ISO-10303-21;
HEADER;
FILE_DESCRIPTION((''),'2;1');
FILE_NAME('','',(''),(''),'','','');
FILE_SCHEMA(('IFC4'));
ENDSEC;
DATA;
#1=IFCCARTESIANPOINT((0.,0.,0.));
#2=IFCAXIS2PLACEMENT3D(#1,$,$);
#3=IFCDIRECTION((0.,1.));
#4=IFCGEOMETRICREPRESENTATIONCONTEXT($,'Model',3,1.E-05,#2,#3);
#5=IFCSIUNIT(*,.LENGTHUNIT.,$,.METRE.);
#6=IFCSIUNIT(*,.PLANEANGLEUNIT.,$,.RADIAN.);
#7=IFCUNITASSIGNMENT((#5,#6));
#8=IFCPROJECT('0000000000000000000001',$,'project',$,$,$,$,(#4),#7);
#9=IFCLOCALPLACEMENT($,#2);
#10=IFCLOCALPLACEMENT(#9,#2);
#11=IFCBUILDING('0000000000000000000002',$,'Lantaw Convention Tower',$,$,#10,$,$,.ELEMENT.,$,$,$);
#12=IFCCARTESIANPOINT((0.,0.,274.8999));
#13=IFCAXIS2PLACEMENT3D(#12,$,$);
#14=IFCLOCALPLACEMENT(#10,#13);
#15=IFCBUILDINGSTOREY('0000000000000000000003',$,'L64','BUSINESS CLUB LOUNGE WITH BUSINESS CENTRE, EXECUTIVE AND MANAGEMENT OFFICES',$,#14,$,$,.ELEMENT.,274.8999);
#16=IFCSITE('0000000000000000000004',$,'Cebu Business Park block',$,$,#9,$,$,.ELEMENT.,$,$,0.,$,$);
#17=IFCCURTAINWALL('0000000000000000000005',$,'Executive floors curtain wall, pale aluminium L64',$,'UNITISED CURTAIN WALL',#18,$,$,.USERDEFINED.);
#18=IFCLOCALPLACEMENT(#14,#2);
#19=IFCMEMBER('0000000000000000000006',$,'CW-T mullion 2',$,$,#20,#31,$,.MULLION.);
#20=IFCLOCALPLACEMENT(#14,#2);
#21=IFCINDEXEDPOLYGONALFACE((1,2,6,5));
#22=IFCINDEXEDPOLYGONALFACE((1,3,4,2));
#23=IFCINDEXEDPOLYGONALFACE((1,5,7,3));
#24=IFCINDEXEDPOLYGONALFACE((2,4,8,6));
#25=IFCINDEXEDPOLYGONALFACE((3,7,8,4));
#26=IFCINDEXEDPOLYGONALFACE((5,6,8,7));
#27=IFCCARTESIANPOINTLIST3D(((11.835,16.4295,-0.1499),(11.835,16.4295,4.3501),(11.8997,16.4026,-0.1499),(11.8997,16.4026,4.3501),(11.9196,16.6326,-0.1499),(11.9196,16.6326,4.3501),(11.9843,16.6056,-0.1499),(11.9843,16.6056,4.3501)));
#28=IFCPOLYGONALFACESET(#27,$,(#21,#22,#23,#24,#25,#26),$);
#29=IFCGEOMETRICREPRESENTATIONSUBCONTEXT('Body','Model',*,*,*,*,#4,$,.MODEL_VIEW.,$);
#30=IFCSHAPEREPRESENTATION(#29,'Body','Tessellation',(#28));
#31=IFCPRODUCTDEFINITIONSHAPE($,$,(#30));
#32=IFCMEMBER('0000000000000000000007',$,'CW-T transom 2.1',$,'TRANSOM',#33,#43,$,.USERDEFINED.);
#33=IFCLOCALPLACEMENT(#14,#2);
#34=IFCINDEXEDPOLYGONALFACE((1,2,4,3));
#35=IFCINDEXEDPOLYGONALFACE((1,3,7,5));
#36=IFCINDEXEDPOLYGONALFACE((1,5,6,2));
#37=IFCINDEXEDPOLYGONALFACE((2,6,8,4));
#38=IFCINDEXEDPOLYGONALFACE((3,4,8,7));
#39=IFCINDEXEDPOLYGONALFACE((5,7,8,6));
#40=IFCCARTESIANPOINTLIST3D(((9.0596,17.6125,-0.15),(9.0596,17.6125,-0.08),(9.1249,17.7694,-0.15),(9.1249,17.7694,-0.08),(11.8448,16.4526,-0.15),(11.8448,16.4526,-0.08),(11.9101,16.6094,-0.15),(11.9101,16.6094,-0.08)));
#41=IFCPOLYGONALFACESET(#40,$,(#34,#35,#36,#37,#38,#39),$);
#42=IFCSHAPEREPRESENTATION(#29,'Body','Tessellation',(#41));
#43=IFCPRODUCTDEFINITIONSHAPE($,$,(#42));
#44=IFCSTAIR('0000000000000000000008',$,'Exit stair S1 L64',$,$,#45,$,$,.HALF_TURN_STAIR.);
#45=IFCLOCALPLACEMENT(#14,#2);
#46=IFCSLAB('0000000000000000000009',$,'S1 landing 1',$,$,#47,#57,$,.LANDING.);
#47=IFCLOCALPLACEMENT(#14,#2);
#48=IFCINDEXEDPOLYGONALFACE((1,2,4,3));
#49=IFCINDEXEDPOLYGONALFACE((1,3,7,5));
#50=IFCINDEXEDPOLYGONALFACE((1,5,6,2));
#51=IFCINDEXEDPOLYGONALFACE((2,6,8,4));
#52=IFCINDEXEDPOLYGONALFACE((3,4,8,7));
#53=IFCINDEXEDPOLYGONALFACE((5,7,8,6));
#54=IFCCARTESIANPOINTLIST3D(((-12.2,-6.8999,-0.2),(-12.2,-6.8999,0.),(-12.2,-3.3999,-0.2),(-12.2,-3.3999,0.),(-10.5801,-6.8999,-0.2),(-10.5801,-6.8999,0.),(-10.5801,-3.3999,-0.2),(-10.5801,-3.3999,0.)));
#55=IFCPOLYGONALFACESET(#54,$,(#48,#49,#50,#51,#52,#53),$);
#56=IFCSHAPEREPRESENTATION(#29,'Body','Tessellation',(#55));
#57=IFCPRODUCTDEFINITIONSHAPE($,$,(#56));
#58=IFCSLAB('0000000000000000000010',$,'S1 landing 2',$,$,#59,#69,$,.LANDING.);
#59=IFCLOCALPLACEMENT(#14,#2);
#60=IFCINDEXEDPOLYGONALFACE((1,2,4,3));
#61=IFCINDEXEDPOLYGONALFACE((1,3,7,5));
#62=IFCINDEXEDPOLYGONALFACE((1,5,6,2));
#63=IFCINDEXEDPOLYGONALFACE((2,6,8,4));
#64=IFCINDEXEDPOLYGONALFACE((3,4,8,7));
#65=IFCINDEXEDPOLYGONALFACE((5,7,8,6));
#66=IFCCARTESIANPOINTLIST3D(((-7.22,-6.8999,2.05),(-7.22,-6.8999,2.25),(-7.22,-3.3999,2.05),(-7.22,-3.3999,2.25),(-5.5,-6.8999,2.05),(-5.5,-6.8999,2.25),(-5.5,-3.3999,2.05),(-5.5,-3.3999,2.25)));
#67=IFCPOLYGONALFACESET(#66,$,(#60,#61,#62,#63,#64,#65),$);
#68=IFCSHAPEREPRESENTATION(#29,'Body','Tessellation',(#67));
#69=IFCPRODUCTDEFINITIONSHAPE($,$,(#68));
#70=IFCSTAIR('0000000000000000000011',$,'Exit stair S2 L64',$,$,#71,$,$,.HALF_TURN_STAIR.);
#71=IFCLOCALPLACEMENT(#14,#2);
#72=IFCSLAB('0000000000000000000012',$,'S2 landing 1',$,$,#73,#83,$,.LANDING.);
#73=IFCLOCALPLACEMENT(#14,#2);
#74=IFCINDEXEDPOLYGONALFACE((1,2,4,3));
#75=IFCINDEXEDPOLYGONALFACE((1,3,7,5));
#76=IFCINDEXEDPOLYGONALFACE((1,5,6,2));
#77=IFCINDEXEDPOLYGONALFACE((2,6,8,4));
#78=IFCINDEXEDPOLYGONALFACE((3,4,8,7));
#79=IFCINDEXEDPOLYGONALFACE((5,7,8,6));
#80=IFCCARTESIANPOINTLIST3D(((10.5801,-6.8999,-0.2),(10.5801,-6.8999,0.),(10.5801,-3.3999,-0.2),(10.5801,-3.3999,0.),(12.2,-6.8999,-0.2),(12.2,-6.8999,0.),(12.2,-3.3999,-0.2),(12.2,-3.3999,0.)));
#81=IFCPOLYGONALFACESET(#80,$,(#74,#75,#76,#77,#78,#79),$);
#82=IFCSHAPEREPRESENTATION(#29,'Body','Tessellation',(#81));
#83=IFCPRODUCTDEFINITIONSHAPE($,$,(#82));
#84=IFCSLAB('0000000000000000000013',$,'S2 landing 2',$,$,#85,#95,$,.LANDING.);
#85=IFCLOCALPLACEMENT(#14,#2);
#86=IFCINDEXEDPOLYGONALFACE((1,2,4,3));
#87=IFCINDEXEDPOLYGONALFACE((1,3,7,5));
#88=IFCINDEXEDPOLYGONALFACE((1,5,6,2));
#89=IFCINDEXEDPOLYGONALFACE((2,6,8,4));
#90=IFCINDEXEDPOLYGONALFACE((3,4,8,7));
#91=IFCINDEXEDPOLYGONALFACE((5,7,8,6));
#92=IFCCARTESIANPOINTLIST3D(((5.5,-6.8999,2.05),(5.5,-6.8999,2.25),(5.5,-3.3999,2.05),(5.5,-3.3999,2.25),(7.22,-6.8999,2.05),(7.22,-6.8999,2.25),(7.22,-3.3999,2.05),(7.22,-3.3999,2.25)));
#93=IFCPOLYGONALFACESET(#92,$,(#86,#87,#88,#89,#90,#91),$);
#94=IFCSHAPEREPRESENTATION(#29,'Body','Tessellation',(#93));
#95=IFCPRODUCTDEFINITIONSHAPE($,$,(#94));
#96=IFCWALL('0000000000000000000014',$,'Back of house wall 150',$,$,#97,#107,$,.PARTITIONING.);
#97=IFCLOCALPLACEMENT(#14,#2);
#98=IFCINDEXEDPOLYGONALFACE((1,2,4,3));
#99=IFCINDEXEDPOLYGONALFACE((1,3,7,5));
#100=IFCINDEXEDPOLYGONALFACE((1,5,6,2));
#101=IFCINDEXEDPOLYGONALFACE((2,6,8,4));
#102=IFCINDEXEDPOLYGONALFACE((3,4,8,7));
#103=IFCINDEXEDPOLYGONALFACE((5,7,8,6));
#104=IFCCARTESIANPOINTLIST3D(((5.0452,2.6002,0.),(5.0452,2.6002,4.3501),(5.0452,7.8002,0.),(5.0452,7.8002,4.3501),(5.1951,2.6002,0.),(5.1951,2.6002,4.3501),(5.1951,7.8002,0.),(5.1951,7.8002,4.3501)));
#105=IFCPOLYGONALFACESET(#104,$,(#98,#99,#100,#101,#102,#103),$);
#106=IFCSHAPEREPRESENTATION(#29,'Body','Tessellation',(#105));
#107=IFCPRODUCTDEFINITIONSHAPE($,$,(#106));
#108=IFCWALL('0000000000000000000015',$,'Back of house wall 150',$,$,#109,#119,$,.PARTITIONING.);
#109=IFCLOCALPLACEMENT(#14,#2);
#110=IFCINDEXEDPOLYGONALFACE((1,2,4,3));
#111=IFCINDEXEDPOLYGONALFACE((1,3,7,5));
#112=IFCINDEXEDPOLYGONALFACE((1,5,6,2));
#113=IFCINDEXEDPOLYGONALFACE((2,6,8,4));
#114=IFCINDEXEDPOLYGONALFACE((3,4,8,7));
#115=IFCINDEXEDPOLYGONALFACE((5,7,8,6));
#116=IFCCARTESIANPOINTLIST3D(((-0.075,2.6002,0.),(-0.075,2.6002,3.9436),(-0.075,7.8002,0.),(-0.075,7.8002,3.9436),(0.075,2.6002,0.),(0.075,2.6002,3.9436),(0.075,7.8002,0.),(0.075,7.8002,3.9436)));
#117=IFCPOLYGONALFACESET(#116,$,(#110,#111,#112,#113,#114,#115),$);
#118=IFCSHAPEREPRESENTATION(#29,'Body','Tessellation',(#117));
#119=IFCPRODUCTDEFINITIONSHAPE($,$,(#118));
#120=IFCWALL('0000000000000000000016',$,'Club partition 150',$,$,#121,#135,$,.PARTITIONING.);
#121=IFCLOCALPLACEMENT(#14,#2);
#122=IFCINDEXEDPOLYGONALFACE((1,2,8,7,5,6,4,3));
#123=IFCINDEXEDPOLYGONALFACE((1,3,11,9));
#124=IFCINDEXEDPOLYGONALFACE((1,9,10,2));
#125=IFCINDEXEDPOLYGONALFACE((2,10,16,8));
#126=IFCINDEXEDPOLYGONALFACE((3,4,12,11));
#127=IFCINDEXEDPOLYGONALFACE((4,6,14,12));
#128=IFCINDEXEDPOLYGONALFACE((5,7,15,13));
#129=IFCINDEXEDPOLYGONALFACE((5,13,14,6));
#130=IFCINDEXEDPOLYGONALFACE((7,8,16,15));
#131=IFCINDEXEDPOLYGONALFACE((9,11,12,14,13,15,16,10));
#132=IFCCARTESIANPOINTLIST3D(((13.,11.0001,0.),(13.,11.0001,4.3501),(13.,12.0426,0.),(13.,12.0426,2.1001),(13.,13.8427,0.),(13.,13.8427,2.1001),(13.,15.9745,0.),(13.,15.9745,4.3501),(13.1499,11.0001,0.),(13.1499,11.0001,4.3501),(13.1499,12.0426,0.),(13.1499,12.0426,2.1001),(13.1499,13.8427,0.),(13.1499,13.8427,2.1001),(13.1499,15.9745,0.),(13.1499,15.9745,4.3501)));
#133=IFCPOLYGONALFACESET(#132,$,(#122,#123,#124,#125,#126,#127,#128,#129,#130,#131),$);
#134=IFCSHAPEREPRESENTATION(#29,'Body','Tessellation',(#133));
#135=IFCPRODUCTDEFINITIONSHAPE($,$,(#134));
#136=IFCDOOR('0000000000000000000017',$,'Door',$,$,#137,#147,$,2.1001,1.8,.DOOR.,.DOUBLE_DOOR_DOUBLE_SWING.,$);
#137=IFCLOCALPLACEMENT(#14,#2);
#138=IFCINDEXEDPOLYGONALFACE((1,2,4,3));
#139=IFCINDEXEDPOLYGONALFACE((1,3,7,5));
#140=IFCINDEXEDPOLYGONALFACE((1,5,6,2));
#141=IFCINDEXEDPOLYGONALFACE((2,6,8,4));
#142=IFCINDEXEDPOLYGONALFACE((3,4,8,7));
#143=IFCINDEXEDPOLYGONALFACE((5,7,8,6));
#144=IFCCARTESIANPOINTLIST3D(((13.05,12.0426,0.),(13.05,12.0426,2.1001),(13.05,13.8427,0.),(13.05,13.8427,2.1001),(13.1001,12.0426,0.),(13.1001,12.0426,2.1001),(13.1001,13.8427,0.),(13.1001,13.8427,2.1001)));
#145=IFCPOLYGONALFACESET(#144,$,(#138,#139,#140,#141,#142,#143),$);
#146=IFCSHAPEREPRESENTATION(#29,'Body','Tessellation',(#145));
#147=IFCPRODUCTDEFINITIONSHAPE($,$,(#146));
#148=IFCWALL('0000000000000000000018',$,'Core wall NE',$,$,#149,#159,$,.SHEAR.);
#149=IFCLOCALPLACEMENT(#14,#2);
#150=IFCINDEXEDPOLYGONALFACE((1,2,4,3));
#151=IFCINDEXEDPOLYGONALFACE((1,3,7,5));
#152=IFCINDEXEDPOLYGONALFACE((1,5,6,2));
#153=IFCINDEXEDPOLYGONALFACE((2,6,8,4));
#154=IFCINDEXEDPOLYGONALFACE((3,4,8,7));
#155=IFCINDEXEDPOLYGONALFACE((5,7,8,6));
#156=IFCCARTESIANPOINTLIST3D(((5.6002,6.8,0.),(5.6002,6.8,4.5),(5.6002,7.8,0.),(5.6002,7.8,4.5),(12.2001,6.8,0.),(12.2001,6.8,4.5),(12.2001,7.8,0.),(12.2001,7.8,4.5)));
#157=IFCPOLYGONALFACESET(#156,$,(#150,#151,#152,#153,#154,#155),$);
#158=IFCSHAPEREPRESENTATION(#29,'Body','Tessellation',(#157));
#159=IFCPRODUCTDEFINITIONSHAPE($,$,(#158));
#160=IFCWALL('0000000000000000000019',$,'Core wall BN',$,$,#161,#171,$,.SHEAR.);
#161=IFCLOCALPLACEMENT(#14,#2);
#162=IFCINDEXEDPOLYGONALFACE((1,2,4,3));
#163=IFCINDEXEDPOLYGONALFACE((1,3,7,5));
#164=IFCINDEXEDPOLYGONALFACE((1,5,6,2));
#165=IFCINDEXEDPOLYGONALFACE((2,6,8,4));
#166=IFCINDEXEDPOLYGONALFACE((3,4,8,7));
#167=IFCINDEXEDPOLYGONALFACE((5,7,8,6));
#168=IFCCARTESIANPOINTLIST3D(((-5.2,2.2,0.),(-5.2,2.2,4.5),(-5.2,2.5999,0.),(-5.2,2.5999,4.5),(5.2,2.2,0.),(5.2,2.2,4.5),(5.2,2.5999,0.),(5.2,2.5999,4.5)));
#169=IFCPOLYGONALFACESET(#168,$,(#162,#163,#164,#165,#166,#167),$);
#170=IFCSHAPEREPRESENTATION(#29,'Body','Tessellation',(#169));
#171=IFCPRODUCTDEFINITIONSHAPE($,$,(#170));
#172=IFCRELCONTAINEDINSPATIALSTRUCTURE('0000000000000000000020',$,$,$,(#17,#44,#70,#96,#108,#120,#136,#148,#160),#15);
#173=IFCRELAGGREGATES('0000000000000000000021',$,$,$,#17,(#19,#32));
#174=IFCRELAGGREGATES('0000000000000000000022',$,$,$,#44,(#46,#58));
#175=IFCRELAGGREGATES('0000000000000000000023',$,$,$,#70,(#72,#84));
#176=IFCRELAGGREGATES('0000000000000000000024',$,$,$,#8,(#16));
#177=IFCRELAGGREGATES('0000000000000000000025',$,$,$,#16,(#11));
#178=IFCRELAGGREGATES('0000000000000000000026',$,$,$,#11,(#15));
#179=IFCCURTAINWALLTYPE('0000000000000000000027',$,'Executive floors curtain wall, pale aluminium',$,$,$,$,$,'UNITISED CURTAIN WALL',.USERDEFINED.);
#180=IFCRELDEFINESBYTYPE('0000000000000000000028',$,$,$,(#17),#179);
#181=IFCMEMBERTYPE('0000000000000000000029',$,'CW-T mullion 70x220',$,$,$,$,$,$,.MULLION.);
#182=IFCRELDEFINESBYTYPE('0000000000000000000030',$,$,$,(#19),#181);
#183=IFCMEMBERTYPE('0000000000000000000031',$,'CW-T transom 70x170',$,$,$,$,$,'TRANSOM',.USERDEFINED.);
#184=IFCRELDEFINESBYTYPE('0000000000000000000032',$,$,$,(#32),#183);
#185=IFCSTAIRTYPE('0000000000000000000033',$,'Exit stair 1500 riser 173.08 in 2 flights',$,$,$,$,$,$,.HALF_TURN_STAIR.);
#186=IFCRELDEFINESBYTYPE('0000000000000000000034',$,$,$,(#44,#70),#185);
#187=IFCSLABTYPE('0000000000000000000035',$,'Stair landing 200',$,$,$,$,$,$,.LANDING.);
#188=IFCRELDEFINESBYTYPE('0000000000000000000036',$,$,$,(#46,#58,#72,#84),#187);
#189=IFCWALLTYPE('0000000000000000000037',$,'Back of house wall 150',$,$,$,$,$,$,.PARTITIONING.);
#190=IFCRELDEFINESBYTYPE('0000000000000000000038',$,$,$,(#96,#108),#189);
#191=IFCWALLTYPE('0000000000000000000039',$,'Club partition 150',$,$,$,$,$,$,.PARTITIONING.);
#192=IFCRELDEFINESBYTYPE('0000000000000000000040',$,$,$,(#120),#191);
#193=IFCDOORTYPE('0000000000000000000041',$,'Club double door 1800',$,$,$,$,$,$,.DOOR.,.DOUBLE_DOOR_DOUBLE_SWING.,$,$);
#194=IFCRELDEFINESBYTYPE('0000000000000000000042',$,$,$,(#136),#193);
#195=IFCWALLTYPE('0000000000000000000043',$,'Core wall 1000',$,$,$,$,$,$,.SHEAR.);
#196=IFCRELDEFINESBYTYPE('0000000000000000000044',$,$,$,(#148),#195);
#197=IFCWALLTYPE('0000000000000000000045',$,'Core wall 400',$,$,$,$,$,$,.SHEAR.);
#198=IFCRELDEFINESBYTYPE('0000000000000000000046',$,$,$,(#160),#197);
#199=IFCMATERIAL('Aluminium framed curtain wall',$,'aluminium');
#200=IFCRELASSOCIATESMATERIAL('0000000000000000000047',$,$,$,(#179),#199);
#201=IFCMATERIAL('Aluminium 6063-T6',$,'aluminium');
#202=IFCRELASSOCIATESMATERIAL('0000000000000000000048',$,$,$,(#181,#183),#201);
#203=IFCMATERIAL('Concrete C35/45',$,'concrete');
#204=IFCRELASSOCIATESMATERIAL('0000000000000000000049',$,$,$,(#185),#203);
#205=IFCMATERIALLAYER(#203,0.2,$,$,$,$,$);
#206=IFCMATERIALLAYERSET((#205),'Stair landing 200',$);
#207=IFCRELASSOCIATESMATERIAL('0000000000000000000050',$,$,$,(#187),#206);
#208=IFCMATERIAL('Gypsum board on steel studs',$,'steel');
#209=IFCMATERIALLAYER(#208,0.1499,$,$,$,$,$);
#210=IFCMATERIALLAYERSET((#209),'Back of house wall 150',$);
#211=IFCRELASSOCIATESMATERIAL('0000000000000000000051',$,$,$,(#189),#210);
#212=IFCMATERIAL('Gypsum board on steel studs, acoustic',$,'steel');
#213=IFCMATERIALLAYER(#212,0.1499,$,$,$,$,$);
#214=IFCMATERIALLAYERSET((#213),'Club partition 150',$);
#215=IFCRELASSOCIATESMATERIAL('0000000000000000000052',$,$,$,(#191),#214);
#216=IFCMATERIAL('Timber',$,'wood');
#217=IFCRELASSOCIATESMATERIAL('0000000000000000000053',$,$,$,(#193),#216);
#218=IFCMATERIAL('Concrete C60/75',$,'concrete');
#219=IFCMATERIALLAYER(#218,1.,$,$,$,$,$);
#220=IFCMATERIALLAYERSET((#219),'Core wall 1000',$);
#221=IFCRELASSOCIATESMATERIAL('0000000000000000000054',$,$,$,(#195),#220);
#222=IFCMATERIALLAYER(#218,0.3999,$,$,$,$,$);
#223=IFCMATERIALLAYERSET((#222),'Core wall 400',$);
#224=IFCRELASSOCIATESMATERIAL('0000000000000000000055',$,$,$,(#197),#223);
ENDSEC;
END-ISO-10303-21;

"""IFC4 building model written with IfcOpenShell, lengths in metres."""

from ifc_helpers import new_model, si_unit, direction, frame, frame_2d, origin, origin_2d, place, context, subcontext, project, spatial, polyline, rectangle, outline, extrude, material, layer, layer_set, material_profile, profile_set, type_object, element, fill, aggregate, save


model = new_model("IFC4")

# Units and contexts
model_context = context("Model", 3, precision=1e-05, world=origin(), true_north=direction((0.0, 1.0)))
body_context = subcontext(model_context, "Body", "Model", "MODEL_VIEW")
ifc_project = project(units=[si_unit("LENGTHUNIT", "METRE"), si_unit("PLANEANGLEUNIT", "RADIAN")], contexts=[model_context])

# Site, building, storey
site_placement = place(None, origin())
site = spatial("IfcSite", under=ifc_project, at=site_placement, Name="Cebu Business Park block", CompositionType="ELEMENT", RefElevation=0.0)
building_placement = place(site_placement, origin())
building = spatial("IfcBuilding", under=site, at=building_placement, Name="Lantaw Convention Tower", CompositionType="ELEMENT")
storey_placement = place(building_placement, frame((0.0, 0.0, 274.8999)))
storey = spatial("IfcBuildingStorey", under=building, at=storey_placement, Name="L64", Description="BUSINESS CLUB LOUNGE WITH BUSINESS CENTRE, EXECUTIVE AND MANAGEMENT OFFICES", CompositionType="ELEMENT", Elevation=274.8999)

# Curtain wall, members
ifc_material_1 = material(Name="Aluminium framed curtain wall", Category="aluminium")
curtain_wall_type = type_object("IfcCurtainWallType", Name="Executive floors curtain wall, pale aluminium", ElementType="UNITISED CURTAIN WALL", PredefinedType="USERDEFINED", material=ifc_material_1)
curtain_wall_placement = place(storey_placement, origin())
curtain_wall = element("IfcCurtainWall", 1, at=curtain_wall_placement, inside=storey, type_object=curtain_wall_type, Name="Executive floors curtain wall, pale aluminium L64", ObjectType="UNITISED CURTAIN WALL", PredefinedType="USERDEFINED")
ifc_material_2 = material(Name="Aluminium 6063-T6", Category="aluminium")
ifc_material_profile_1 = material_profile(ifc_material_2, rectangle(XDim=0.22, YDim=0.0701, at=origin_2d()), Name="CW-T mullion 70x220")
ifc_profile_set_1 = profile_set([ifc_material_profile_1], Name="Aluminium 6063-T6")
member_type_1 = type_object("IfcMemberType", Name="CW-T mullion 70x220", PredefinedType="MULLION", material=ifc_profile_set_1)
member_1_placement = place(storey_placement, frame((11.9097, 16.5176, -0.1499), z_axis=(0.0, 0.0, 1.0), x_axis=(-0.38446, -0.923142, 0.0)))
member_1 = element("IfcMember", 2, at=member_1_placement, type_object=member_type_1, Name="CW-T mullion 2", PredefinedType="MULLION", context=body_context, shape_type="SweptSolid", body=[
    extrude(rectangle(XDim=0.22, YDim=0.0701, at=origin_2d()), origin(), (0.0, 0.0, 1.0), 4.5),
])
ifc_material_profile_2 = material_profile(ifc_material_2, rectangle(XDim=0.1699, YDim=0.0701, at=origin_2d()), Name="CW-T transom 70x170")
ifc_profile_set_2 = profile_set([ifc_material_profile_2], Name="Aluminium 6063-T6")
member_type_2 = type_object("IfcMemberType", Name="CW-T transom 70x170", ElementType="TRANSOM", PredefinedType="USERDEFINED", material=ifc_profile_set_2)
member_2_placement = place(storey_placement, frame((11.8774, 16.531, -0.115), z_axis=(-0.923144, 0.384454, 0.0), x_axis=(-0.384454, -0.923144, 0.0)))
member_2 = element("IfcMember", 3, at=member_2_placement, type_object=member_type_2, Name="CW-T transom 2.1", ObjectType="TRANSOM", PredefinedType="USERDEFINED", context=body_context, shape_type="SweptSolid", body=[
    extrude(rectangle(XDim=0.1699, YDim=0.0701, at=origin_2d()), origin(), (0.0, 0.0, 1.0), 3.0171),
])
aggregate(curtain_wall, [member_1, member_2])

# Stairs, slabs
ifc_material_3 = material(Name="Concrete C35/45", Category="concrete")
stair_type = type_object("IfcStairType", Name="Exit stair 1500 riser 173.08 in 2 flights", PredefinedType="HALF_TURN_STAIR", material=ifc_material_3)
stair_1_placement = place(storey_placement, origin())
stair_1 = element("IfcStair", 4, at=stair_1_placement, inside=storey, type_object=stair_type, Name="Exit stair S1 L64", PredefinedType="HALF_TURN_STAIR")
ifc_layer_1 = layer(ifc_material_3, 0.2)
ifc_layer_set_1 = layer_set([ifc_layer_1], Name="Stair landing 200")
slab_type = type_object("IfcSlabType", Name="Stair landing 200", PredefinedType="LANDING", material=ifc_layer_set_1)
slab_1_placement = place(storey_placement, frame((0.0, 0.0, -0.2)))
slab_1 = element("IfcSlab", 5, at=slab_1_placement, type_object=slab_type, Name="S1 landing 1", PredefinedType="LANDING", context=body_context, shape_type="SweptSolid", body=[
    extrude(outline(polyline([(-12.2, -6.8999), (-10.5801, -6.8999), (-10.5801, -3.3999), (-12.2, -3.3999), (-12.2, -6.8999)])), origin(), (0.0, 0.0, 1.0), 0.2),
])
slab_2_placement = place(storey_placement, frame((0.0, 0.0, 2.05)))
slab_2 = element("IfcSlab", 6, at=slab_2_placement, type_object=slab_type, Name="S1 landing 2", PredefinedType="LANDING", context=body_context, shape_type="SweptSolid", body=[
    extrude(outline(polyline([(-7.22, -6.8999), (-5.5, -6.8999), (-5.5, -3.3999), (-7.22, -3.3999), (-7.22, -6.8999)])), origin(), (0.0, 0.0, 1.0), 0.2),
])
aggregate(stair_1, [slab_1, slab_2])
stair_2_placement = place(storey_placement, origin())
stair_2 = element("IfcStair", 7, at=stair_2_placement, inside=storey, type_object=stair_type, Name="Exit stair S2 L64", PredefinedType="HALF_TURN_STAIR")
slab_3_placement = place(storey_placement, frame((0.0, 0.0, -0.2)))
slab_3 = element("IfcSlab", 8, at=slab_3_placement, type_object=slab_type, Name="S2 landing 1", PredefinedType="LANDING", context=body_context, shape_type="SweptSolid", body=[
    extrude(outline(polyline([(10.5801, -6.8999), (12.2, -6.8999), (12.2, -3.3999), (10.5801, -3.3999), (10.5801, -6.8999)])), origin(), (0.0, 0.0, 1.0), 0.2),
])
slab_4_placement = place(storey_placement, frame((0.0, 0.0, 2.05)))
slab_4 = element("IfcSlab", 9, at=slab_4_placement, type_object=slab_type, Name="S2 landing 2", PredefinedType="LANDING", context=body_context, shape_type="SweptSolid", body=[
    extrude(outline(polyline([(5.5, -6.8999), (7.22, -6.8999), (7.22, -3.3999), (5.5, -3.3999), (5.5, -6.8999)])), origin(), (0.0, 0.0, 1.0), 0.2),
])
aggregate(stair_2, [slab_3, slab_4])

# Walls
ifc_material_4 = material(Name="Gypsum board on steel studs", Category="steel")
ifc_layer_2 = layer(ifc_material_4, 0.1499)
ifc_layer_set_2 = layer_set([ifc_layer_2], Name="Back of house wall 150")
wall_type_1 = type_object("IfcWallType", Name="Back of house wall 150", PredefinedType="PARTITIONING", material=ifc_layer_set_2)
wall_1_placement = place(storey_placement, frame((5.1201, 2.6001, 0.0), z_axis=(0.0, 0.0, 1.0), x_axis=(0.0, 1.0, 0.0)))
element("IfcWall", 10, at=wall_1_placement, inside=storey, type_object=wall_type_1, Name="Back of house wall 150", PredefinedType="PARTITIONING", context=body_context, shape_type="SweptSolid", body=[
    extrude(rectangle(XDim=5.2, YDim=0.1499, at=frame_2d((2.6001, 0.0))), origin(), (0.0, 0.0, 1.0), 4.3501),
])
wall_2_placement = place(storey_placement, frame((0.0, 2.6001, 0.0), z_axis=(0.0, 0.0, 1.0), x_axis=(0.0, 1.0, 0.0)))
element("IfcWall", 11, at=wall_2_placement, inside=storey, type_object=wall_type_1, Name="Back of house wall 150", PredefinedType="PARTITIONING", context=body_context, shape_type="SweptSolid", body=[
    extrude(rectangle(XDim=5.2, YDim=0.1499, at=frame_2d((2.6001, 0.0))), origin(), (0.0, 0.0, 1.0), 3.9436),
])

# Wall, opening, door
ifc_material_5 = material(Name="Gypsum board on steel studs, acoustic", Category="steel")
ifc_layer_3 = layer(ifc_material_5, 0.1499)
ifc_layer_set_3 = layer_set([ifc_layer_3], Name="Club partition 150")
wall_type_2 = type_object("IfcWallType", Name="Club partition 150", PredefinedType="PARTITIONING", material=ifc_layer_set_3)
wall_3_placement = place(storey_placement, frame((13.075, 11.0, 0.0), z_axis=(0.0, 0.0, 1.0), x_axis=(0.0, 1.0, 0.0)))
wall_3 = element("IfcWall", 12, at=wall_3_placement, inside=storey, type_object=wall_type_2, Name="Club partition 150", PredefinedType="PARTITIONING", context=body_context, shape_type="SweptSolid", body=[
    extrude(rectangle(XDim=4.9744, YDim=0.1499, at=frame_2d((2.4873, 0.0))), origin(), (0.0, 0.0, 1.0), 4.3501),
])
opening_1_placement = place(wall_3_placement, frame((1.0427, 0.0, 0.0)))
opening_1 = element("IfcOpeningElement", 13, at=opening_1_placement, cuts=wall_3, PredefinedType="OPENING", context=body_context, shape_type="SweptSolid", body=[
    extrude(rectangle(XDim=1.8, YDim=2.1001, at=frame_2d((0.8999, 1.05))), frame((0.0, 0.085, 0.0), z_axis=(0.0, -1.0, 0.0), x_axis=(1.0, 0.0, 0.0)), (0.0, 0.0, 1.0), 0.1699),
])
ifc_material_6 = material(Name="Timber", Category="wood")
door_type_1 = type_object("IfcDoorType", Name="Club double door 1800", OperationType="DOUBLE_DOOR_DOUBLE_SWING", PredefinedType="DOOR", material=ifc_material_6)
door_1_placement = place(opening_1_placement, origin())
door_1 = element("IfcDoor", 14, at=door_1_placement, inside=storey, type_object=door_type_1, Name="Door", OperationType="DOUBLE_DOOR_DOUBLE_SWING", OverallHeight=2.1001, OverallWidth=1.8, PredefinedType="DOOR", context=body_context, shape_type="SweptSolid", body=[
    extrude(rectangle(XDim=1.8, YDim=2.1001, at=frame_2d((0.8999, 1.05))), frame((0.0, 0.0249, 0.0), z_axis=(0.0, -1.0, 0.0), x_axis=(1.0, 0.0, 0.0)), (0.0, 0.0, 1.0), 0.05),
])
fill(opening_1, door_1)

# Walls
ifc_material_7 = material(Name="Concrete C60/75", Category="concrete")
ifc_layer_4 = layer(ifc_material_7, 1.0)
ifc_layer_set_4 = layer_set([ifc_layer_4], Name="Core wall 1000")
wall_type_3 = type_object("IfcWallType", Name="Core wall 1000", PredefinedType="SHEAR", material=ifc_layer_set_4)
wall_4_placement = place(storey_placement, frame((12.2, 7.3, 0.0), z_axis=(0.0, 0.0, 1.0), x_axis=(-1.0, 0.0, 0.0)))
element("IfcWall", 15, at=wall_4_placement, inside=storey, type_object=wall_type_3, Name="Core wall NE", PredefinedType="SHEAR", context=body_context, shape_type="SweptSolid", body=[
    extrude(rectangle(XDim=6.5999, YDim=1.0, at=frame_2d((3.2998, 0.0))), origin(), (0.0, 0.0, 1.0), 4.5),
])
ifc_layer_5 = layer(ifc_material_7, 0.3999)
ifc_layer_set_5 = layer_set([ifc_layer_5], Name="Core wall 400")
wall_type_4 = type_object("IfcWallType", Name="Core wall 400", PredefinedType="SHEAR", material=ifc_layer_set_5)
wall_5_placement = place(storey_placement, frame((5.2, 2.3999, 0.0), z_axis=(0.0, 0.0, 1.0), x_axis=(-1.0, 0.0, 0.0)))
element("IfcWall", 16, at=wall_5_placement, inside=storey, type_object=wall_type_4, Name="Core wall BN", PredefinedType="SHEAR", context=body_context, shape_type="SweptSolid", body=[
    extrude(rectangle(XDim=10.3999, YDim=0.3999, at=frame_2d((5.2, 0.0))), origin(), (0.0, 0.0, 1.0), 4.5),
])

save(model, "model.ifc")
